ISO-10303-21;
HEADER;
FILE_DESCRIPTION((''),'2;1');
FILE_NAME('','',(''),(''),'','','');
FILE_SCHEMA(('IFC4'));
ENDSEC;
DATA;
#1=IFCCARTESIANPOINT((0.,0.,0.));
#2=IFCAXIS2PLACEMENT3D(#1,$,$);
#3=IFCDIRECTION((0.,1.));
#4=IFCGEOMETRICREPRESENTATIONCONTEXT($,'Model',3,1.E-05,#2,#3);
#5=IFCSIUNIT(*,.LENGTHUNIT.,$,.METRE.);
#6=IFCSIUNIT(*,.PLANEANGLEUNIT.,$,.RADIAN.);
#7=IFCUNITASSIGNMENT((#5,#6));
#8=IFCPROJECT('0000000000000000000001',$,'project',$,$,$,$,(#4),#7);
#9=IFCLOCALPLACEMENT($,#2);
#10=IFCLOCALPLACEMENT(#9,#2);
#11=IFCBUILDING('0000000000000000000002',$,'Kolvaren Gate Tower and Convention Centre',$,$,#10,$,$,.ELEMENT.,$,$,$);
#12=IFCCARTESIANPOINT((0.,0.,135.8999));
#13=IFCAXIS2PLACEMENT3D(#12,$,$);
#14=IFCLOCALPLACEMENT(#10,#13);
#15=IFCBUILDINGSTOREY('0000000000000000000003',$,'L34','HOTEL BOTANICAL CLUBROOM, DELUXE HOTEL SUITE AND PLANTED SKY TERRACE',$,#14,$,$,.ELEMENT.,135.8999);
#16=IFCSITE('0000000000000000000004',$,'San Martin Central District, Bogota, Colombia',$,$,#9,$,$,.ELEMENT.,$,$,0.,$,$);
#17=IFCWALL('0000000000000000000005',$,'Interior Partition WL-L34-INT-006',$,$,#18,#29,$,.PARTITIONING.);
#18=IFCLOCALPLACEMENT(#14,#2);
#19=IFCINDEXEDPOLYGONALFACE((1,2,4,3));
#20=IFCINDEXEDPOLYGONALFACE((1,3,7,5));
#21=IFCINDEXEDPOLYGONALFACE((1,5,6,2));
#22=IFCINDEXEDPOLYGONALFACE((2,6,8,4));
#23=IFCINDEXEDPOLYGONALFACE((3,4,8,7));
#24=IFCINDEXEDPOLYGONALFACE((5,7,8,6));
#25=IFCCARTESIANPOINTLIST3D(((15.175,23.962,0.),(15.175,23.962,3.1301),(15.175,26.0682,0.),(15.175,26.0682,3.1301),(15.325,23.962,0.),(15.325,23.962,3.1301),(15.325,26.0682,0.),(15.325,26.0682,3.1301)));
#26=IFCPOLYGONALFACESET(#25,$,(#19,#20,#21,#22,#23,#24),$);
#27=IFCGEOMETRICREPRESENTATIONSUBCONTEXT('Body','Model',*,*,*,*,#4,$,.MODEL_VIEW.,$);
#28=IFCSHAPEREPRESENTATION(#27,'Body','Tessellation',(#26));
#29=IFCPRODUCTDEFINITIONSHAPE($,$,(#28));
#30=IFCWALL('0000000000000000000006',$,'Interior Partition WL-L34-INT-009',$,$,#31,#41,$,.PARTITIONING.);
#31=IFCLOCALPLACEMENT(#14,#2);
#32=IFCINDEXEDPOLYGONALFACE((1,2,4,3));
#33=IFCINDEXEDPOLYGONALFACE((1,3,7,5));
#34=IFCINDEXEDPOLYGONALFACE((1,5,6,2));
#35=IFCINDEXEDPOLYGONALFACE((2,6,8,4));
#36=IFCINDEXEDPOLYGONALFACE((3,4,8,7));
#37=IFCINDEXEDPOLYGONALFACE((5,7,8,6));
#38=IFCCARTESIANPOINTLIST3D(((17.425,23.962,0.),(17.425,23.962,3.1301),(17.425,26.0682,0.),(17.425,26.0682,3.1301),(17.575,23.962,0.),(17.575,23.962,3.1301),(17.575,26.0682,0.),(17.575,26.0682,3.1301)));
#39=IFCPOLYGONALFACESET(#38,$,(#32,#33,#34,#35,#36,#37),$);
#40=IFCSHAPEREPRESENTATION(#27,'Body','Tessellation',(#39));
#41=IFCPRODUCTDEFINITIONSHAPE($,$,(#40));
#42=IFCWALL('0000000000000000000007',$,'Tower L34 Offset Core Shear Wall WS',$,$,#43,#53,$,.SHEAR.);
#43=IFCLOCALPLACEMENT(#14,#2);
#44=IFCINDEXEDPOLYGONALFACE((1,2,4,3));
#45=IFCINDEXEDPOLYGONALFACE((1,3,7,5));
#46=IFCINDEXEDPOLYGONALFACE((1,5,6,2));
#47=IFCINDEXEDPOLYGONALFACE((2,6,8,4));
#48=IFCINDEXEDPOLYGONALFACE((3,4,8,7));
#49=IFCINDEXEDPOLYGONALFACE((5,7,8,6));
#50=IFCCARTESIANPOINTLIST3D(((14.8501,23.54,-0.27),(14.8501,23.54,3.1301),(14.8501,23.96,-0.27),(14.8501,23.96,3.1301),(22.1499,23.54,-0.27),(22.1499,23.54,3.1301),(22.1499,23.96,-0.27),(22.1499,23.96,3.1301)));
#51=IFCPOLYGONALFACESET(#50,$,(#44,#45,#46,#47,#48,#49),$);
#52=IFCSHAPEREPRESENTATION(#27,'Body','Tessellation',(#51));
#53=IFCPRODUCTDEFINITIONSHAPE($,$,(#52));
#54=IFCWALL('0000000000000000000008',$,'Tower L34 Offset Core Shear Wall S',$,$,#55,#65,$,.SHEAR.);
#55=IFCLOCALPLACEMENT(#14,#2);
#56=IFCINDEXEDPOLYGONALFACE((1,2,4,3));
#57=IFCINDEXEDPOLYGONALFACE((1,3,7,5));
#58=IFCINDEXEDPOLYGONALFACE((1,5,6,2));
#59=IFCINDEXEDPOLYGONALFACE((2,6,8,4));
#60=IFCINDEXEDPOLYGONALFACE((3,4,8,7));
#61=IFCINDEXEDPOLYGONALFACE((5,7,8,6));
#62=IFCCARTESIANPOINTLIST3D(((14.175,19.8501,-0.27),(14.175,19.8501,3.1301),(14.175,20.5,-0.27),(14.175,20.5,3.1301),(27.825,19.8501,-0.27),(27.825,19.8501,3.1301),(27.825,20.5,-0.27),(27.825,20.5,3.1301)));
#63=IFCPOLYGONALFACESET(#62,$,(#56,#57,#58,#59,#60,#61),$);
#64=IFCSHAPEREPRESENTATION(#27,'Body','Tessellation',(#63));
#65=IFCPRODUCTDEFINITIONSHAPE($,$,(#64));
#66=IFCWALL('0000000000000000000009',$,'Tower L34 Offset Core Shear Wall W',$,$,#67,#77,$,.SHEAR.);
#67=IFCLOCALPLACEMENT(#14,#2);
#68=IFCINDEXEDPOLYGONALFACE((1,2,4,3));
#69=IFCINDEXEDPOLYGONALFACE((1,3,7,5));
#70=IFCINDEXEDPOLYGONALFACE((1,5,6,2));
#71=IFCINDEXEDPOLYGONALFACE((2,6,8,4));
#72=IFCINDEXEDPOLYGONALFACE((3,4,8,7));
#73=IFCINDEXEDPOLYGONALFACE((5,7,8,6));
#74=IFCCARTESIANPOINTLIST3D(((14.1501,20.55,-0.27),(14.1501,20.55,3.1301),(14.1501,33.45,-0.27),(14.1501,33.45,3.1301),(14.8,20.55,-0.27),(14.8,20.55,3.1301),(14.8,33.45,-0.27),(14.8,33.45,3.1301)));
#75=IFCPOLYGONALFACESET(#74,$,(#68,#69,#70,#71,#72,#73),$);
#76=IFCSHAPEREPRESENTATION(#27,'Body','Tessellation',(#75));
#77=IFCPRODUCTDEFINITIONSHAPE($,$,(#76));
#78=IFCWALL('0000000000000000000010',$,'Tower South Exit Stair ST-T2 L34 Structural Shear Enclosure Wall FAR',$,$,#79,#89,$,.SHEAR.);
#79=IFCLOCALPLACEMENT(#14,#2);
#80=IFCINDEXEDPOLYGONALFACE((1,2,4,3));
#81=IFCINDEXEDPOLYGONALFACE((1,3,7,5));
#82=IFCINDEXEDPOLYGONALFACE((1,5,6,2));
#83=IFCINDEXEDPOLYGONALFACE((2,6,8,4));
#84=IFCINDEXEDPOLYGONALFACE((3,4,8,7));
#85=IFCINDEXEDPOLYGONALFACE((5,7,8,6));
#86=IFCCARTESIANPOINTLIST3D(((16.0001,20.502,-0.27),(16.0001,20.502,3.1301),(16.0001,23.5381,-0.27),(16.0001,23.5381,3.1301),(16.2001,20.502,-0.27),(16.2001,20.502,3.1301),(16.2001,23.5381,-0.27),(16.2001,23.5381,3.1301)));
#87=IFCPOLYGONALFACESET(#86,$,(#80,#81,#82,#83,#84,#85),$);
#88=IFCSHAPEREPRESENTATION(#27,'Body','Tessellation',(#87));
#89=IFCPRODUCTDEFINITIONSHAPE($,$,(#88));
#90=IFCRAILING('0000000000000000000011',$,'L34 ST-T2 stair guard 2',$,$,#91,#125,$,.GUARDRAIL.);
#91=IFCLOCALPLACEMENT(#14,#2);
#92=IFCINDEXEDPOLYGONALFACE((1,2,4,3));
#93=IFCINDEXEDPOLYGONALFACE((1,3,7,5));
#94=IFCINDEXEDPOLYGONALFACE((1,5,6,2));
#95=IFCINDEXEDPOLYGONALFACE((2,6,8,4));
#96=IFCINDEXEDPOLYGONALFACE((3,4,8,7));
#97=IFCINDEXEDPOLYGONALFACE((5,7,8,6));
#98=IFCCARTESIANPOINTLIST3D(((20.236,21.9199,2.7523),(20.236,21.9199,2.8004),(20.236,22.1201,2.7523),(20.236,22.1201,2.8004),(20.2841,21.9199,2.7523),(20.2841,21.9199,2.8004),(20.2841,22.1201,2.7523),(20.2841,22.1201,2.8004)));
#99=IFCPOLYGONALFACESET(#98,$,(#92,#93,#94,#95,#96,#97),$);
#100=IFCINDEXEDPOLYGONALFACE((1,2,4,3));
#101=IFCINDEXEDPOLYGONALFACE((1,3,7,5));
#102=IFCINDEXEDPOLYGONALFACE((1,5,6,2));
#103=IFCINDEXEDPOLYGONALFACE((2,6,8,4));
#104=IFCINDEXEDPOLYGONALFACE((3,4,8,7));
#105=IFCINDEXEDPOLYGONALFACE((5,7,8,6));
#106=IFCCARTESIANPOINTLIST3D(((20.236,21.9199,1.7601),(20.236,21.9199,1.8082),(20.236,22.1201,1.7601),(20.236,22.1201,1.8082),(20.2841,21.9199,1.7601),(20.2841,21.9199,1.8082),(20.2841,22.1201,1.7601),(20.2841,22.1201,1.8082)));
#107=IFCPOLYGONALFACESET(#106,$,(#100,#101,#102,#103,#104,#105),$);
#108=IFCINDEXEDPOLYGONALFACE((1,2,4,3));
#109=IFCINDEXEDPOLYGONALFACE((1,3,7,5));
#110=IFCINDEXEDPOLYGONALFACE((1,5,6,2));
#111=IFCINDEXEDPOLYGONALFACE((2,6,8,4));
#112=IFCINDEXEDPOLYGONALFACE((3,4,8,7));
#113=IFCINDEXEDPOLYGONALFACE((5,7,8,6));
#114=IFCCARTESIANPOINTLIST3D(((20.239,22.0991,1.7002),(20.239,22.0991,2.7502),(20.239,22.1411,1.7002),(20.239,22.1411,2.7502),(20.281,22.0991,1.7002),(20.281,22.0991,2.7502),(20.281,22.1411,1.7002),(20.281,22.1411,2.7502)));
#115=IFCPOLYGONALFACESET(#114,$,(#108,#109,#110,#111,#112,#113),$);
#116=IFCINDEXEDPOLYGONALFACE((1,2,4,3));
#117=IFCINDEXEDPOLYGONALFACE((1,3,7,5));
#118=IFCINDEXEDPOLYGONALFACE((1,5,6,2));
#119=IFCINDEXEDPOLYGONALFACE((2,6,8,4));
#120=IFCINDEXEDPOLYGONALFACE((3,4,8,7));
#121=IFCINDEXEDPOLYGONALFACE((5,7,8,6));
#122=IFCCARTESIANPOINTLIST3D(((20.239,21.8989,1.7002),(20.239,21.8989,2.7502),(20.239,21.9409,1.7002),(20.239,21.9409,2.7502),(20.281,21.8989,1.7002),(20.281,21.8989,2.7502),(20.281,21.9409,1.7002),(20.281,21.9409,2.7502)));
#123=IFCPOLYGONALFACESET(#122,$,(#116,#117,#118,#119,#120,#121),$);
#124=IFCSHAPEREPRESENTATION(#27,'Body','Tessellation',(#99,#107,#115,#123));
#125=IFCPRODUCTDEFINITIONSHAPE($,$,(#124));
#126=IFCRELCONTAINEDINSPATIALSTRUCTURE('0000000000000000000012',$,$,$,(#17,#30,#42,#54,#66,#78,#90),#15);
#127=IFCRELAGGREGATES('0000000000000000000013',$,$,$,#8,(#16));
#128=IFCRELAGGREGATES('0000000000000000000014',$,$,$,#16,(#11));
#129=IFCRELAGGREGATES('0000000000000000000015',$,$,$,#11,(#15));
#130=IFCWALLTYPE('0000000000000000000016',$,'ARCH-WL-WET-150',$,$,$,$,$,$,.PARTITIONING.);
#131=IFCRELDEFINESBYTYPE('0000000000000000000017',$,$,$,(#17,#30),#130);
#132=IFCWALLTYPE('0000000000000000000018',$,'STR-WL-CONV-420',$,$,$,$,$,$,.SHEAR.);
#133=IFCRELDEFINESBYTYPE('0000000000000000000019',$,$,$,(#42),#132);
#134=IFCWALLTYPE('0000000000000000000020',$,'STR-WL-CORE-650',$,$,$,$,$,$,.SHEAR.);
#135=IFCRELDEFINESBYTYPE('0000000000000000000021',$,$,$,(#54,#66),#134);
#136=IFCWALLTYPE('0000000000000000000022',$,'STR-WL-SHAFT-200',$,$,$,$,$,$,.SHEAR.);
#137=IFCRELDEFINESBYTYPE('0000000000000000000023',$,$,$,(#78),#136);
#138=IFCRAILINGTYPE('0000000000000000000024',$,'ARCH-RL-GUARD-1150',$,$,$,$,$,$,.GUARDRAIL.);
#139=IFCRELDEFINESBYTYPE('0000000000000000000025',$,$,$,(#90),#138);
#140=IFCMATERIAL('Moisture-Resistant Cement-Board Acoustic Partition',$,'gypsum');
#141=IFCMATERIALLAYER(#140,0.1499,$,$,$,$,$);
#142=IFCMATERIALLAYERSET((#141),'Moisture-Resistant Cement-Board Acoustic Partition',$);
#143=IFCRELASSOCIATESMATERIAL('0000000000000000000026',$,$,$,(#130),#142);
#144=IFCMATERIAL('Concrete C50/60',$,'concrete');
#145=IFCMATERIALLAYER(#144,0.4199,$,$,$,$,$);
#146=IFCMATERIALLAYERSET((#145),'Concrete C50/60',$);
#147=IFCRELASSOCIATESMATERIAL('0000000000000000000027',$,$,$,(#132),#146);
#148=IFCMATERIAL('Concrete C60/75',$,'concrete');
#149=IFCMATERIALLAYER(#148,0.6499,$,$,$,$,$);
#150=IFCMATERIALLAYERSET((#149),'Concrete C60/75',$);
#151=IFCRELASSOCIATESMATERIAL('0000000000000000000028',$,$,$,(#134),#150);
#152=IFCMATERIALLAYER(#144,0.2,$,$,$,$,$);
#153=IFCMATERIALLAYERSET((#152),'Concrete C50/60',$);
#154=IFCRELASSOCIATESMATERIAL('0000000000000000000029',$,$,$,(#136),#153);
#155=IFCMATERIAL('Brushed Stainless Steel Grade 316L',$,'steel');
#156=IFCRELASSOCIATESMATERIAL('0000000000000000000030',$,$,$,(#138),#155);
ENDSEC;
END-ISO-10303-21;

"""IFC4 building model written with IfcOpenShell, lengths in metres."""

from ifc_helpers import new_model, si_unit, direction, frame, frame_2d, origin, origin_2d, place, context, subcontext, project, spatial, rectangle, extrude, material, layer, layer_set, type_object, element, save


model = new_model("IFC4")

# Units and contexts
model_context = context("Model", 3, precision=1e-05, world=origin(), true_north=direction((0.0, 1.0)))
body_context = subcontext(model_context, "Body", "Model", "MODEL_VIEW")
ifc_project = project(units=[si_unit("LENGTHUNIT", "METRE"), si_unit("PLANEANGLEUNIT", "RADIAN")], contexts=[model_context])

# Site, building, storey
site_placement = place(None, origin())
site = spatial("IfcSite", under=ifc_project, at=site_placement, Name="San Martin Central District, Bogota, Colombia", CompositionType="ELEMENT", RefElevation=0.0)
building_placement = place(site_placement, origin())
building = spatial("IfcBuilding", under=site, at=building_placement, Name="Kolvaren Gate Tower and Convention Centre", CompositionType="ELEMENT")
storey_placement = place(building_placement, frame((0.0, 0.0, 135.8999)))
storey = spatial("IfcBuildingStorey", under=building, at=storey_placement, Name="L34", Description="HOTEL BOTANICAL CLUBROOM, DELUXE HOTEL SUITE AND PLANTED SKY TERRACE", CompositionType="ELEMENT", Elevation=135.8999)

# Shared definitions
ifc_material_1 = material(Name="Concrete C60/75", Category="concrete")

# Shared definitions
ifc_material_2 = material(Name="Brushed Stainless Steel Grade 316L", Category="steel")

# Walls
ifc_material_3 = material(Name="Moisture-Resistant Cement-Board Acoustic Partition", Category="gypsum")
ifc_layer_1 = layer(ifc_material_3, 0.1499)
ifc_layer_set_1 = layer_set([ifc_layer_1], Name="Moisture-Resistant Cement-Board Acoustic Partition")
wall_type_1 = type_object("IfcWallType", Name="ARCH-WL-WET-150", PredefinedType="PARTITIONING", material=ifc_layer_set_1)
for number, where, z_axis, x_axis, name in (
    (1, (15.25, 23.9619, 0.0), (0.0, 0.0, 1.0), (0.0, 1.0, 0.0), "Interior Partition WL-L34-INT-006"),
    (2, (17.5, 23.9619, 0.0), (0.0, 0.0, 1.0), (0.0, 1.0, 0.0), "Interior Partition WL-L34-INT-009"),
):
    element("IfcWall", number, at=place(storey_placement, frame(where, z_axis=z_axis, x_axis=x_axis)), inside=storey, type_object=wall_type_1, Name=name, PredefinedType="PARTITIONING", context=body_context, shape_type="SweptSolid", body=[
        extrude(rectangle(XDim=2.1062, YDim=0.1499, at=frame_2d((1.0532, 0.0))), origin(), (0.0, 0.0, 1.0), 3.1301),
    ])
ifc_material_4 = material(Name="Concrete C50/60", Category="concrete")
ifc_layer_2 = layer(ifc_material_4, 0.4199)
ifc_layer_set_2 = layer_set([ifc_layer_2], Name="Concrete C50/60")
wall_type_2 = type_object("IfcWallType", Name="STR-WL-CONV-420", PredefinedType="SHEAR", material=ifc_layer_set_2)
wall_1_placement = place(storey_placement, frame((14.8501, 23.75, -0.27), z_axis=(0.0, 0.0, 1.0), x_axis=(1.0, 0.0, 0.0)))
element("IfcWall", 3, at=wall_1_placement, inside=storey, type_object=wall_type_2, Name="Tower L34 Offset Core Shear Wall WS", PredefinedType="SHEAR", context=body_context, shape_type="SweptSolid", body=[
    extrude(rectangle(XDim=7.2998, YDim=0.4199, at=frame_2d((3.6499, 0.0))), origin(), (0.0, 0.0, 1.0), 3.4001),
])
ifc_layer_3 = layer(ifc_material_1, 0.6499)
ifc_layer_set_3 = layer_set([ifc_layer_3], Name="Concrete C60/75")
wall_type_3 = type_object("IfcWallType", Name="STR-WL-CORE-650", PredefinedType="SHEAR", material=ifc_layer_set_3)
wall_2_placement = place(storey_placement, frame((14.175, 20.175, -0.27), z_axis=(0.0, 0.0, 1.0), x_axis=(1.0, 0.0, 0.0)))
element("IfcWall", 4, at=wall_2_placement, inside=storey, type_object=wall_type_3, Name="Tower L34 Offset Core Shear Wall S", PredefinedType="SHEAR", context=body_context, shape_type="SweptSolid", body=[
    extrude(rectangle(XDim=13.6499, YDim=0.6499, at=frame_2d((6.825, 0.0))), origin(), (0.0, 0.0, 1.0), 3.4001),
])
wall_3_placement = place(storey_placement, frame((14.4751, 20.55, -0.27), z_axis=(0.0, 0.0, 1.0), x_axis=(0.0, 1.0, 0.0)))
element("IfcWall", 5, at=wall_3_placement, inside=storey, type_object=wall_type_3, Name="Tower L34 Offset Core Shear Wall W", PredefinedType="SHEAR", context=body_context, shape_type="SweptSolid", body=[
    extrude(rectangle(XDim=12.8999, YDim=0.6499, at=frame_2d((6.45, 0.0))), origin(), (0.0, 0.0, 1.0), 3.4001),
])
ifc_layer_4 = layer(ifc_material_4, 0.2)
ifc_layer_set_4 = layer_set([ifc_layer_4], Name="Concrete C50/60")
wall_type_4 = type_object("IfcWallType", Name="STR-WL-SHAFT-200", PredefinedType="SHEAR", material=ifc_layer_set_4)
wall_4_placement = place(storey_placement, frame((16.1001, 20.502, -0.27), z_axis=(0.0, 0.0, 1.0), x_axis=(0.0, 1.0, 0.0)))
element("IfcWall", 6, at=wall_4_placement, inside=storey, type_object=wall_type_4, Name="Tower South Exit Stair ST-T2 L34 Structural Shear Enclosure Wall FAR", PredefinedType="SHEAR", context=body_context, shape_type="SweptSolid", body=[
    extrude(rectangle(XDim=3.0361, YDim=0.2, at=frame_2d((1.5181, 0.0))), origin(), (0.0, 0.0, 1.0), 3.4001),
])

# Railing
railing_type = type_object("IfcRailingType", Name="ARCH-RL-GUARD-1150", PredefinedType="GUARDRAIL", material=ifc_material_2)
railing_1_placement = place(storey_placement, frame((20.26, 22.1201, 1.7002)))
element("IfcRailing", 7, at=railing_1_placement, inside=storey, type_object=railing_type, Name="L34 ST-T2 stair guard 2", PredefinedType="GUARDRAIL", context=body_context, shape_type="SweptSolid", body=[
    extrude(rectangle(XDim=0.0481, YDim=0.0481, at=origin_2d()), frame((0.0, 0.0, 1.0762), z_axis=(0.0, -1.0, 0.0), x_axis=(1.0, 0.0, 0.0)), (0.0, 0.0, 1.0), 0.2002),
    extrude(rectangle(XDim=0.0481, YDim=0.0481, at=origin_2d()), frame((0.0, 0.0, 0.084), z_axis=(0.0, -1.0, 0.0), x_axis=(1.0, 0.0, 0.0)), (0.0, 0.0, 1.0), 0.2002),
    extrude(rectangle(XDim=0.042, YDim=0.042, at=origin_2d()), origin(), (0.0, 0.0, 1.0), 1.05),
    extrude(rectangle(XDim=0.042, YDim=0.042, at=origin_2d()), frame((0.0, -0.2002, 0.0)), (0.0, 0.0, 1.0), 1.05),
])

save(model, "model.ifc")
